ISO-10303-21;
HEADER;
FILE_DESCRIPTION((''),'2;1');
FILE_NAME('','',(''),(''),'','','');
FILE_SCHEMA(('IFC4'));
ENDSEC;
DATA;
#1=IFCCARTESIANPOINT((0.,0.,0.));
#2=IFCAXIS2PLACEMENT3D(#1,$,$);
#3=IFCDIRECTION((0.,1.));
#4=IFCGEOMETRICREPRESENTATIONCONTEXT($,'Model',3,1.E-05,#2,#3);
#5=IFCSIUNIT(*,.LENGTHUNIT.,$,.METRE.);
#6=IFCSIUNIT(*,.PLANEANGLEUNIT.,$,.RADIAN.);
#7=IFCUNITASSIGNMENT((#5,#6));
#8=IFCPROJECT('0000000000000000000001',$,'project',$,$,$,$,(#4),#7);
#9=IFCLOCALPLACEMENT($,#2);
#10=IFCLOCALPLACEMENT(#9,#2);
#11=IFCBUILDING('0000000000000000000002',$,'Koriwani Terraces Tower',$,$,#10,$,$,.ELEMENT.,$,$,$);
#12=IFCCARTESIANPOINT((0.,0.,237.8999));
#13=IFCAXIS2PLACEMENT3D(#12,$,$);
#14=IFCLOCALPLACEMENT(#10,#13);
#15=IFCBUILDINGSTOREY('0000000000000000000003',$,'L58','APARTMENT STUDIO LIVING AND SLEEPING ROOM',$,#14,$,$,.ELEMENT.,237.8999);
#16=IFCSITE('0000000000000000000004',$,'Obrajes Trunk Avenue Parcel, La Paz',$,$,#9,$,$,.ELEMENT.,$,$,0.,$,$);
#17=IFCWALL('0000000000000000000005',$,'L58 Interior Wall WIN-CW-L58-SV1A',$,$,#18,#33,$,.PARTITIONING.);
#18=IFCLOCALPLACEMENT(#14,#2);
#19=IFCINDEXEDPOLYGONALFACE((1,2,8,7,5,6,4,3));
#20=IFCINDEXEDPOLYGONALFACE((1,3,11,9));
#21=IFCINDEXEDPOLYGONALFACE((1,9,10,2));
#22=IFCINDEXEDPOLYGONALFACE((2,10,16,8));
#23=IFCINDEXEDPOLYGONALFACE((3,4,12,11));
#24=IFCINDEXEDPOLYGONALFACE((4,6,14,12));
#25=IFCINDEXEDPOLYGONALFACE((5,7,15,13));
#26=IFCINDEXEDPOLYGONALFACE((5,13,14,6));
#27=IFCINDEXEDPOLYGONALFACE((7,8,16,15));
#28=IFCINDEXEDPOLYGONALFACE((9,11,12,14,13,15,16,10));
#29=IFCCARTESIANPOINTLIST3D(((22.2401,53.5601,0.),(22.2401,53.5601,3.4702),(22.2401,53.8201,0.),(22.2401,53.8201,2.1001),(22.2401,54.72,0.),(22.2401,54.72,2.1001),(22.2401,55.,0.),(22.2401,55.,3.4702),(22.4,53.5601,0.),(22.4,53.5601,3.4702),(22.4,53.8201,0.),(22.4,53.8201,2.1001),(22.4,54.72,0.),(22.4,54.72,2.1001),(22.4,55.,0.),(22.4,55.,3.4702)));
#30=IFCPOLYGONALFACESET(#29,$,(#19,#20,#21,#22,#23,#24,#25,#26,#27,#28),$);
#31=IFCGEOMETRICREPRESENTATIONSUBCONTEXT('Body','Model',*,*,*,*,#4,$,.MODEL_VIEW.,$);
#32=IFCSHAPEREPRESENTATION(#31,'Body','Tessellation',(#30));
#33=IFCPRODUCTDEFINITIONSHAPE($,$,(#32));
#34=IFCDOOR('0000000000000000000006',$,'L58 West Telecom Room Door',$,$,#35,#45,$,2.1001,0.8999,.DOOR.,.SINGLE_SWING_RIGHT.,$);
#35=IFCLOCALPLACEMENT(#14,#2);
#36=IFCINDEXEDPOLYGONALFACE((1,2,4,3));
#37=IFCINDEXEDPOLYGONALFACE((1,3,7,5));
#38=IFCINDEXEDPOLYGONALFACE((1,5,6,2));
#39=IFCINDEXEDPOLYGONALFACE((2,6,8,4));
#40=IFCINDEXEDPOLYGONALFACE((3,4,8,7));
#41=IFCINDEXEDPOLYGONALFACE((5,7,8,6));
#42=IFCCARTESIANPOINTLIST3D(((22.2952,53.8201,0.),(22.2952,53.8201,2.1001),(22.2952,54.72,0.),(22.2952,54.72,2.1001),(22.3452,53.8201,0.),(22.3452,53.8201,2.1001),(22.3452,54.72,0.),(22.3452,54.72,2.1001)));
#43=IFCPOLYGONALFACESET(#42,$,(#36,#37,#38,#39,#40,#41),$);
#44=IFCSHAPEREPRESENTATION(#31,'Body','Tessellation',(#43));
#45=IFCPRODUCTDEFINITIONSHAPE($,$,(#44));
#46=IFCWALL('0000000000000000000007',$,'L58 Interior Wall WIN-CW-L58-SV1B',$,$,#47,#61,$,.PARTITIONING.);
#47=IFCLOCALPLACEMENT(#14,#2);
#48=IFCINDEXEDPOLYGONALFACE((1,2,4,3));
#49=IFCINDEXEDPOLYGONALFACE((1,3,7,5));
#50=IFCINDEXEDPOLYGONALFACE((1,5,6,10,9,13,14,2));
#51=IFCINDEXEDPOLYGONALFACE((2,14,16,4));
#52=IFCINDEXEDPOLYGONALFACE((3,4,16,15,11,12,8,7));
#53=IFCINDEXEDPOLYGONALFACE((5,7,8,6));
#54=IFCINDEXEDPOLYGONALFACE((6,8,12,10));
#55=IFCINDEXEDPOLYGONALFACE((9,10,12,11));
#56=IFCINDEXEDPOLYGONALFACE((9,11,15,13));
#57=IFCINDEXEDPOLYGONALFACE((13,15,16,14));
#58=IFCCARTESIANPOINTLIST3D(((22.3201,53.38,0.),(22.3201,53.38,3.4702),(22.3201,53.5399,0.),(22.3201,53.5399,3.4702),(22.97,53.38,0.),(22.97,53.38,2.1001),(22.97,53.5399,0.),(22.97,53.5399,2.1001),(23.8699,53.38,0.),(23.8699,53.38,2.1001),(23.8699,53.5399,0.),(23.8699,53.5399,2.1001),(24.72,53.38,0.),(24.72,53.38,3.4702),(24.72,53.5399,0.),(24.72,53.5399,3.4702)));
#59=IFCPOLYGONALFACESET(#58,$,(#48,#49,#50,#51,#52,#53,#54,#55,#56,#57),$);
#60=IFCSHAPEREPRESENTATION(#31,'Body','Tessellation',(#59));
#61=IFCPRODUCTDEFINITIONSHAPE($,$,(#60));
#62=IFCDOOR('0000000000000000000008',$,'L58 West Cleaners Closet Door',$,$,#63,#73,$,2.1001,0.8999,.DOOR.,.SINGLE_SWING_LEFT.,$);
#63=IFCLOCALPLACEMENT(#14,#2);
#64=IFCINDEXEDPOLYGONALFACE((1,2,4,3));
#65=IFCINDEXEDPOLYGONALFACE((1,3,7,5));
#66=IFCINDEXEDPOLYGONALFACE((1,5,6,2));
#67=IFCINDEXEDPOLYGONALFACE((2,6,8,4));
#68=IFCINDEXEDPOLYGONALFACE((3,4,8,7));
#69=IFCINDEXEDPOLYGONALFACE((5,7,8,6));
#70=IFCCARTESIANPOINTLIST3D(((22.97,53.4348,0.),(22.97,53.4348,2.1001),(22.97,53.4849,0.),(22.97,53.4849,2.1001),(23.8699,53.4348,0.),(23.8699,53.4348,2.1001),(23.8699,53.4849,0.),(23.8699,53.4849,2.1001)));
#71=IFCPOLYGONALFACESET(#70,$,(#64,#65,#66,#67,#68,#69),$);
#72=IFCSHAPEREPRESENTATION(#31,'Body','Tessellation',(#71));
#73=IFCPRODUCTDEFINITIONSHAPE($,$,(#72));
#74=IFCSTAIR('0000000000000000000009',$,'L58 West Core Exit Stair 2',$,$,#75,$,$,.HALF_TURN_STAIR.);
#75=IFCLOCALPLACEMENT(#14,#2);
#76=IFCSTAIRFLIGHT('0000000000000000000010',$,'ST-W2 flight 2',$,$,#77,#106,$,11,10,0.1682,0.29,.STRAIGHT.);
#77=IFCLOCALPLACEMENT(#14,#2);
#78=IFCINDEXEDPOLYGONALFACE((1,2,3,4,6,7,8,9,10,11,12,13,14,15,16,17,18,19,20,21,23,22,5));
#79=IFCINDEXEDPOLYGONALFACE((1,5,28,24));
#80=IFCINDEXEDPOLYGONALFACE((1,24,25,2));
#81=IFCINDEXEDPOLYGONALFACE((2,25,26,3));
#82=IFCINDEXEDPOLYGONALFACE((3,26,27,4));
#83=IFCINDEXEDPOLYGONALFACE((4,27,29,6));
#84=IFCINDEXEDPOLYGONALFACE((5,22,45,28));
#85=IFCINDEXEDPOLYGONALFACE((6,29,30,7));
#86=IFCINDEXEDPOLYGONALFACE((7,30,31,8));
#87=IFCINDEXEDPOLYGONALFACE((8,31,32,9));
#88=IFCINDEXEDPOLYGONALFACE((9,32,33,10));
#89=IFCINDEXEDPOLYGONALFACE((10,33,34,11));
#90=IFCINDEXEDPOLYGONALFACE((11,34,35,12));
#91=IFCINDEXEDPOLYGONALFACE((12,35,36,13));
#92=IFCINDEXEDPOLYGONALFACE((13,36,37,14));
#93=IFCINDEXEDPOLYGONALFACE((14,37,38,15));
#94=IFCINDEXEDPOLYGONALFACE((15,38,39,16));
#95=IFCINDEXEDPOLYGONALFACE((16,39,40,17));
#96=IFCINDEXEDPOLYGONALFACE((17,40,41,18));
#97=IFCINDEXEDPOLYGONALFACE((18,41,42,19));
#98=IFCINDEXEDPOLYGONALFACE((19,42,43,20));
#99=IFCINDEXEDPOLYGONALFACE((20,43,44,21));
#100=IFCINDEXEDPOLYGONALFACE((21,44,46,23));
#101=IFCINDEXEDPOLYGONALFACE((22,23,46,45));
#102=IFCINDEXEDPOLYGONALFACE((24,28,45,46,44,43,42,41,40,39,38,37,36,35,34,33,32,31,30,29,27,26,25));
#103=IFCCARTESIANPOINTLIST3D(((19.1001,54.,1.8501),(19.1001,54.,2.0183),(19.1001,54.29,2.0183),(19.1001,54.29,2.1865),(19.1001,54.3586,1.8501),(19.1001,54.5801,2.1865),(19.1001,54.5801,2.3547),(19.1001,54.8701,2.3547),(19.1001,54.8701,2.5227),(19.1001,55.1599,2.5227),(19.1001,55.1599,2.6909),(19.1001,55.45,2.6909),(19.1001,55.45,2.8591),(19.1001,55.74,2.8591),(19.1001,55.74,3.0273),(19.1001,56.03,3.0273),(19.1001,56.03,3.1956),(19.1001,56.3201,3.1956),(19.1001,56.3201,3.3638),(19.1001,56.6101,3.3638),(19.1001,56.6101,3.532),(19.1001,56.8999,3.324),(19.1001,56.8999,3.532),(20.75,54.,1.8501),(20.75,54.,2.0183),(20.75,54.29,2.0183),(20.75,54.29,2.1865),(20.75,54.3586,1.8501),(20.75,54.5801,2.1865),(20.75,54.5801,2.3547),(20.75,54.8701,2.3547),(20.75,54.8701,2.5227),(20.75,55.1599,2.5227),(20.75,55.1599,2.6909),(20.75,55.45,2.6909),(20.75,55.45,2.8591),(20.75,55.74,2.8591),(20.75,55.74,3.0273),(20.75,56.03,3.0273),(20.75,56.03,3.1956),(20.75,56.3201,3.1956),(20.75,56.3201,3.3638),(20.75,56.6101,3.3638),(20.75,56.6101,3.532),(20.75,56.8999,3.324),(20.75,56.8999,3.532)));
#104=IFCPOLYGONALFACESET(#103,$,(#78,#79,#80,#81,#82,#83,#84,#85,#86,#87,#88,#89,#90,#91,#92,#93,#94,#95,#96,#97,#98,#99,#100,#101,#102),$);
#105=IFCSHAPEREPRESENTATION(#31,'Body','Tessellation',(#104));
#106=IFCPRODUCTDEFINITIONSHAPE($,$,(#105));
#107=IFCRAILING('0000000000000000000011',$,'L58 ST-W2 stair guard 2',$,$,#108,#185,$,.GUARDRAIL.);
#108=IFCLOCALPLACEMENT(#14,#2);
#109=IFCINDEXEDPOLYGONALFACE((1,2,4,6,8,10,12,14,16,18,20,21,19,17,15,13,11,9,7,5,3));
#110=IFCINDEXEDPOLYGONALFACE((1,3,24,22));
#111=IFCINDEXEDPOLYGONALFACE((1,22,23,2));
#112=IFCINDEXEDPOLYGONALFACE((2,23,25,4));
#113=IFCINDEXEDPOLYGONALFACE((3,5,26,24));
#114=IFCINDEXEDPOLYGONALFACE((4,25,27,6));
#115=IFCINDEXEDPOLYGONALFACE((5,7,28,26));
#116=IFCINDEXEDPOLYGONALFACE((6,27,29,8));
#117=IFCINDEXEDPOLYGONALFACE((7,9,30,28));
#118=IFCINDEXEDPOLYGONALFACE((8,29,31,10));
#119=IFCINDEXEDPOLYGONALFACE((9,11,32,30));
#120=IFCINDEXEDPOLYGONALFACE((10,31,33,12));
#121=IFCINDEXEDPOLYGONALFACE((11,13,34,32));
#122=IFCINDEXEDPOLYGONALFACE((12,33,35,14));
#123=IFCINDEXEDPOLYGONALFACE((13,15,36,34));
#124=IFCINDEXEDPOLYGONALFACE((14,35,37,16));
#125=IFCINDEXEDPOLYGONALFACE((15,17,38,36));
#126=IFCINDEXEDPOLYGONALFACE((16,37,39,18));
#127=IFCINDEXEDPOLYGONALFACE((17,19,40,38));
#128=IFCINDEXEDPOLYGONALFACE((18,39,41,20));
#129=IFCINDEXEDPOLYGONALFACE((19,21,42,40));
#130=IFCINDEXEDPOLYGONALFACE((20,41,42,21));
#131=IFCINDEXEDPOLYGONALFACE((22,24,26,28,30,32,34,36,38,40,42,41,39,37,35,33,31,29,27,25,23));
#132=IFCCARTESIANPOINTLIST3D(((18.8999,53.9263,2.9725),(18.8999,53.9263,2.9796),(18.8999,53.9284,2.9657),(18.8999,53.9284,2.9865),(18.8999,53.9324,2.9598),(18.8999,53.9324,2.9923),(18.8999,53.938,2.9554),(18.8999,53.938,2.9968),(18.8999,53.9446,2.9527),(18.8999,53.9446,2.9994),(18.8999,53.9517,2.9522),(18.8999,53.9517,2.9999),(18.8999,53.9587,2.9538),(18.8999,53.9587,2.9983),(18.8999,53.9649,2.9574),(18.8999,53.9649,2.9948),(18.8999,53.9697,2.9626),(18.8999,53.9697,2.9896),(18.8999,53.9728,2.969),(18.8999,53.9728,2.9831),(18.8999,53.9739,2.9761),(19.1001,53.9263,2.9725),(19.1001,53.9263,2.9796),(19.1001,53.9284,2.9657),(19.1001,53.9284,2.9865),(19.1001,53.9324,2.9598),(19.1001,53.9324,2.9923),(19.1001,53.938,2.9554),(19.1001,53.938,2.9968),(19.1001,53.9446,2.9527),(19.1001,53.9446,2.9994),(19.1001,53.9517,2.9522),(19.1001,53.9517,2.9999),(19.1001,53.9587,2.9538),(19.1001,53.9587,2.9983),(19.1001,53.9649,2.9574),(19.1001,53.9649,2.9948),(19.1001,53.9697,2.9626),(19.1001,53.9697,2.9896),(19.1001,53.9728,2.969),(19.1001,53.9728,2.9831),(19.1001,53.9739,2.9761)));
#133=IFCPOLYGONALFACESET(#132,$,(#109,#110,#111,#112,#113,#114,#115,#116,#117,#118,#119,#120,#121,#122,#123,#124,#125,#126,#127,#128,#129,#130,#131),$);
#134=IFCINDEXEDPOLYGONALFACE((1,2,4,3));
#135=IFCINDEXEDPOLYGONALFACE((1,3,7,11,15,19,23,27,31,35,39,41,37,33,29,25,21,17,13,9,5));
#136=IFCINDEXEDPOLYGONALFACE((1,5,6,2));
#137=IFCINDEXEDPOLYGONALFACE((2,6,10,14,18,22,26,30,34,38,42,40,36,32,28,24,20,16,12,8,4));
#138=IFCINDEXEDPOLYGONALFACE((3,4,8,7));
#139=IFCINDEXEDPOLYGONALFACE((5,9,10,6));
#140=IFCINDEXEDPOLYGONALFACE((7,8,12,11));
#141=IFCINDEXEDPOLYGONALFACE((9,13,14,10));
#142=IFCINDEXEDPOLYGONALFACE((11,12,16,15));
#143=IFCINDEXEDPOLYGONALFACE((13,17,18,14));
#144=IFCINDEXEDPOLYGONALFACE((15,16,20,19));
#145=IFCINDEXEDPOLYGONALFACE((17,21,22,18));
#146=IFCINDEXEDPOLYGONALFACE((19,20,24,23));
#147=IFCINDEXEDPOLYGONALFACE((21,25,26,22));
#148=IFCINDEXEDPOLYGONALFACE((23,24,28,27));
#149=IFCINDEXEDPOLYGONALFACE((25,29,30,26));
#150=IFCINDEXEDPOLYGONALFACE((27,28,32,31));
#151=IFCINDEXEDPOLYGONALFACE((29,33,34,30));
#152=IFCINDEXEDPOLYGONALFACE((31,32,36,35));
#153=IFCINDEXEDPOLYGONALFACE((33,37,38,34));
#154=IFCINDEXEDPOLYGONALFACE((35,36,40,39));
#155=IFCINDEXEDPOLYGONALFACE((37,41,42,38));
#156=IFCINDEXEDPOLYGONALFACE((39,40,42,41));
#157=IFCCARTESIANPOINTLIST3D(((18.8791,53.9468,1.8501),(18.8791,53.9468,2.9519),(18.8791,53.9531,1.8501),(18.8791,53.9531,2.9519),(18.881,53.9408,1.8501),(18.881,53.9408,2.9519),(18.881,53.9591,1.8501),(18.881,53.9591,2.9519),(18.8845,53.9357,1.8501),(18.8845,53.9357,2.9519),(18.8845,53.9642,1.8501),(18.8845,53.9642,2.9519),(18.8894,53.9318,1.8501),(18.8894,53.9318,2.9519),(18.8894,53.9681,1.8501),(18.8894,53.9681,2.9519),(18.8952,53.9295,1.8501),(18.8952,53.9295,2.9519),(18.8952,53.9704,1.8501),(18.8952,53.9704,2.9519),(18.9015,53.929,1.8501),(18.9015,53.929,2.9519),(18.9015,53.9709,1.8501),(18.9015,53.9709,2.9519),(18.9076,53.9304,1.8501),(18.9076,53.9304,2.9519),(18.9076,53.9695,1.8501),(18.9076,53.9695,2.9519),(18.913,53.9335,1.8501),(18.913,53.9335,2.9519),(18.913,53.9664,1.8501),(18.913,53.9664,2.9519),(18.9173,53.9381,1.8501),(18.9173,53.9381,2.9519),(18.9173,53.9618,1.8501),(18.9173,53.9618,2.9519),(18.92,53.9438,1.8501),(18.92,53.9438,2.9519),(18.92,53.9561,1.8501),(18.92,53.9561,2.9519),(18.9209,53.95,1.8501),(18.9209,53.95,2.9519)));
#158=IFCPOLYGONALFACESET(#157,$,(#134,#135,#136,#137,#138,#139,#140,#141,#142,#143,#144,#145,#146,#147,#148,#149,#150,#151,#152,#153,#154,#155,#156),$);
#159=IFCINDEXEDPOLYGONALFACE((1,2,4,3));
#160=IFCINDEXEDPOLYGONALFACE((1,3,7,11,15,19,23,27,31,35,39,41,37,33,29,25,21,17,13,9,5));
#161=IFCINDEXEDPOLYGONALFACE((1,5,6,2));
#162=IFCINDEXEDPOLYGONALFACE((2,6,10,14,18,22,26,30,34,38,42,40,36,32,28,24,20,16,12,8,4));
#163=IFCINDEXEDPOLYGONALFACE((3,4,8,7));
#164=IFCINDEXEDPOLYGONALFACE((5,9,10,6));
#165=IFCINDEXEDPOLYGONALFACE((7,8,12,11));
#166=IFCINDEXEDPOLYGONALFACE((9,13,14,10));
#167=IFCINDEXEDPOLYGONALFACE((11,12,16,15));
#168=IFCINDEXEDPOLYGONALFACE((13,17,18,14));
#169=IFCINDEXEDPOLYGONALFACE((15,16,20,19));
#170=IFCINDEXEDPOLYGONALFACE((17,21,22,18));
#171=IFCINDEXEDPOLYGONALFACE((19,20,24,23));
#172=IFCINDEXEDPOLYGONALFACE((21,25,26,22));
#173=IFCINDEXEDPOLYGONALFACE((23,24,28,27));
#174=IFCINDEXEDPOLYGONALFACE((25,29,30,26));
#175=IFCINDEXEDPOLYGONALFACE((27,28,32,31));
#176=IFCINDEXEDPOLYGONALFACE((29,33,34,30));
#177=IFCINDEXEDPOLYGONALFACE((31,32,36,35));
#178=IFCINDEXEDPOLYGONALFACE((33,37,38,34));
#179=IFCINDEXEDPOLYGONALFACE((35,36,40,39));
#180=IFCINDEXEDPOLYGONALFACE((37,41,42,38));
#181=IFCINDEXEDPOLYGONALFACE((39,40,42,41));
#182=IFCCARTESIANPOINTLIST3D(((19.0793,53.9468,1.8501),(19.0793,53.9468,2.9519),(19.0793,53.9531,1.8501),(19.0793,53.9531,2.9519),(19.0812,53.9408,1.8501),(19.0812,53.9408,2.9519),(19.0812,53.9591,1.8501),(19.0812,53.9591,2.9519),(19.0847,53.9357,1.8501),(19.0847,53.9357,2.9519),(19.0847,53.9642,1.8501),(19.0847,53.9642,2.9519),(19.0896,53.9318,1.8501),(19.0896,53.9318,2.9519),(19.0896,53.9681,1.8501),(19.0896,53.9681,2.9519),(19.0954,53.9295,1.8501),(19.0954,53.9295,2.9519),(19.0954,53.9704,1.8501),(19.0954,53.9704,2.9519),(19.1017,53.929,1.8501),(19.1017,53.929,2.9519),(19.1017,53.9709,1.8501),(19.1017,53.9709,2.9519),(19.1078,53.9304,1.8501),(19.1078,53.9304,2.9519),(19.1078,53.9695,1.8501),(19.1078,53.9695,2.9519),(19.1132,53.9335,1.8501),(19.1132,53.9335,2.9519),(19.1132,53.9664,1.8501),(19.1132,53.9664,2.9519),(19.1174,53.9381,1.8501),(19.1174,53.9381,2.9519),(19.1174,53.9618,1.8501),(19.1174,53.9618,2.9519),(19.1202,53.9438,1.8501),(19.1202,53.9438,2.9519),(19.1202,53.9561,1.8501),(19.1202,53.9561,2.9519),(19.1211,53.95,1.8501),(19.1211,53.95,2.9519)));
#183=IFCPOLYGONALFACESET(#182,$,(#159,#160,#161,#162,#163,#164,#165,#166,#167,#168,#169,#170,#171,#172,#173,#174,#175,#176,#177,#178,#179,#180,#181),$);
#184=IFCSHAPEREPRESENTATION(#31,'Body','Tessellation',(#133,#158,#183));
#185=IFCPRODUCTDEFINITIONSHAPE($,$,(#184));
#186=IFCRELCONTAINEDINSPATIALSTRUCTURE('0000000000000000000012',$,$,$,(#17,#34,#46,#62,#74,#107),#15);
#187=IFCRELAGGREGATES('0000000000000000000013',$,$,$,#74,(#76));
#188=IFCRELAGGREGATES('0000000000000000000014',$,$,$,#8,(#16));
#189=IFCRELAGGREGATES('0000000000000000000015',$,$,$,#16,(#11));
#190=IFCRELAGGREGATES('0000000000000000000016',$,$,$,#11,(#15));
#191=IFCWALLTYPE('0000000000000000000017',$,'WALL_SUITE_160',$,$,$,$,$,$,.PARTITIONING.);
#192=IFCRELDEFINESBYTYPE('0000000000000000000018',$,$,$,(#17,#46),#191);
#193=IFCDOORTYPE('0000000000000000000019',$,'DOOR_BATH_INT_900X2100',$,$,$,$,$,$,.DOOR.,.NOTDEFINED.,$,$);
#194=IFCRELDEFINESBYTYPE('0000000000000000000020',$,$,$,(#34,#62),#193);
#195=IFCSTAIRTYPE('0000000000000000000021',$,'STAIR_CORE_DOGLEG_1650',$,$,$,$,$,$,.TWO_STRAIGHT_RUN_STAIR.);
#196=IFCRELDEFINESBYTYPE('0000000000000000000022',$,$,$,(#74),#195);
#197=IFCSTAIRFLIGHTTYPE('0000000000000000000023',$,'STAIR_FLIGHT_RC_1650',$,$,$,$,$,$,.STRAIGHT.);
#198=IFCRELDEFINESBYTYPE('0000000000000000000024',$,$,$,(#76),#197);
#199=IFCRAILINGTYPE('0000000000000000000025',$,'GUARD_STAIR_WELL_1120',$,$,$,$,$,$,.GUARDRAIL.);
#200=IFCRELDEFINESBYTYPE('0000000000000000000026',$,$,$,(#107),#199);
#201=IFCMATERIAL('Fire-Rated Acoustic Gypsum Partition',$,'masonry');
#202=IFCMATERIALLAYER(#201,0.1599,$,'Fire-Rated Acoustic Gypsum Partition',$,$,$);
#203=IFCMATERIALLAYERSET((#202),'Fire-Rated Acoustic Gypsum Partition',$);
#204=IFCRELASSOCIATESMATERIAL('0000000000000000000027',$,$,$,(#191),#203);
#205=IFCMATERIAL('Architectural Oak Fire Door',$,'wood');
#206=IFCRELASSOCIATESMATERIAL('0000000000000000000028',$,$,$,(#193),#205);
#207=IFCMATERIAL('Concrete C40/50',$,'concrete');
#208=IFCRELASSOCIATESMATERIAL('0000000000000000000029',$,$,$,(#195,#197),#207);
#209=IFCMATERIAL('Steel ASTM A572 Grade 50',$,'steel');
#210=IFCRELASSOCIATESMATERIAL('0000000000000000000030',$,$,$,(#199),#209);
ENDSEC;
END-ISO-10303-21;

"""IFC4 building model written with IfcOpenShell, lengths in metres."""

from ifc_helpers import new_model, si_unit, direction, frame, frame_2d, origin, origin_2d, place, context, subcontext, project, spatial, polyline, rectangle, circle, outline, extrude, material, layer, layer_set, type_object, element, fill, aggregate, save


model = new_model("IFC4")

# Units and contexts
model_context = context("Model", 3, precision=1e-05, world=origin(), true_north=direction((0.0, 1.0)))
body_context = subcontext(model_context, "Body", "Model", "MODEL_VIEW")
ifc_project = project(units=[si_unit("LENGTHUNIT", "METRE"), si_unit("PLANEANGLEUNIT", "RADIAN")], contexts=[model_context])

# Site, building, storey
site_placement = place(None, origin())
site = spatial("IfcSite", under=ifc_project, at=site_placement, Name="Obrajes Trunk Avenue Parcel, La Paz", CompositionType="ELEMENT", RefElevation=0.0)
building_placement = place(site_placement, origin())
building = spatial("IfcBuilding", under=site, at=building_placement, Name="Koriwani Terraces Tower", CompositionType="ELEMENT")
storey_placement = place(building_placement, frame((0.0, 0.0, 237.8999)))
storey = spatial("IfcBuildingStorey", under=building, at=storey_placement, Name="L58", Description="APARTMENT STUDIO LIVING AND SLEEPING ROOM", CompositionType="ELEMENT", Elevation=237.8999)

# Shared definitions
ifc_material_1 = material(Name="Fire-Rated Acoustic Gypsum Partition", Category="masonry")
ifc_material_2 = material(Name="Concrete C40/50", Category="concrete")

# Shared definitions
ifc_material_3 = material(Name="Steel ASTM A572 Grade 50", Category="steel")

# Walls, openings, doors
ifc_layer_1 = layer(ifc_material_1, 0.1599, Name="Fire-Rated Acoustic Gypsum Partition")
ifc_layer_set_1 = layer_set([ifc_layer_1], Name="Fire-Rated Acoustic Gypsum Partition")
wall_type_1 = type_object("IfcWallType", Name="WALL_SUITE_160", PredefinedType="PARTITIONING", material=ifc_layer_set_1)
wall_1_placement = place(storey_placement, frame((22.3201, 53.5601, 0.0), z_axis=(0.0, 0.0, 1.0), x_axis=(0.0, 1.0, 0.0)))
wall_1 = element("IfcWall", 1, at=wall_1_placement, inside=storey, type_object=wall_type_1, Name="L58 Interior Wall WIN-CW-L58-SV1A", PredefinedType="PARTITIONING", context=body_context, shape_type="SweptSolid", body=[
    extrude(rectangle(XDim=1.4399, YDim=0.1599, at=frame_2d((0.72, 0.0))), origin(), (0.0, 0.0, 1.0), 3.4702),
])
opening_1_placement = place(wall_1_placement, frame((0.26, 0.0, 0.0)))
opening_1 = element("IfcOpeningElement", 2, at=opening_1_placement, cuts=wall_1, PredefinedType="OPENING", context=body_context, shape_type="SweptSolid", body=[
    extrude(rectangle(XDim=0.8999, YDim=2.1001, at=frame_2d((0.45, 1.05))), frame((0.0, 0.0898, 0.0), z_axis=(0.0, -1.0, 0.0), x_axis=(1.0, 0.0, 0.0)), (0.0, 0.0, 1.0), 0.1799),
])
ifc_material_4 = material(Name="Architectural Oak Fire Door", Category="wood")
door_type_1 = type_object("IfcDoorType", Name="DOOR_BATH_INT_900X2100", OperationType="NOTDEFINED", PredefinedType="DOOR", material=ifc_material_4)
door_1_placement = place(opening_1_placement, origin())
door_1 = element("IfcDoor", 3, at=door_1_placement, inside=storey, type_object=door_type_1, Name="L58 West Telecom Room Door", OperationType="SINGLE_SWING_RIGHT", OverallHeight=2.1001, OverallWidth=0.8999, PredefinedType="DOOR", context=body_context, shape_type="SweptSolid", body=[
    extrude(rectangle(XDim=0.8999, YDim=2.1001, at=frame_2d((0.45, 1.05))), frame((0.0, 0.0249, 0.0), z_axis=(0.0, -1.0, 0.0), x_axis=(1.0, 0.0, 0.0)), (0.0, 0.0, 1.0), 0.05),
])
fill(opening_1, door_1)
wall_2_placement = place(storey_placement, frame((22.3201, 53.46, 0.0), z_axis=(0.0, 0.0, 1.0), x_axis=(1.0, 0.0, 0.0)))
wall_2 = element("IfcWall", 4, at=wall_2_placement, inside=storey, type_object=wall_type_1, Name="L58 Interior Wall WIN-CW-L58-SV1B", PredefinedType="PARTITIONING", context=body_context, shape_type="SweptSolid", body=[
    extrude(rectangle(XDim=2.3999, YDim=0.1599, at=frame_2d((1.2, 0.0))), origin(), (0.0, 0.0, 1.0), 3.4702),
])
opening_2_placement = place(wall_2_placement, frame((0.6499, 0.0, 0.0)))
opening_2 = element("IfcOpeningElement", 5, at=opening_2_placement, cuts=wall_2, PredefinedType="OPENING", context=body_context, shape_type="SweptSolid", body=[
    extrude(rectangle(XDim=0.8999, YDim=2.1001, at=frame_2d((0.45, 1.05))), frame((0.0, 0.0898, 0.0), z_axis=(0.0, -1.0, 0.0), x_axis=(1.0, 0.0, 0.0)), (0.0, 0.0, 1.0), 0.1799),
])
door_2_placement = place(opening_2_placement, origin())
door_2 = element("IfcDoor", 6, at=door_2_placement, inside=storey, type_object=door_type_1, Name="L58 West Cleaners Closet Door", OperationType="SINGLE_SWING_LEFT", OverallHeight=2.1001, OverallWidth=0.8999, PredefinedType="DOOR", context=body_context, shape_type="SweptSolid", body=[
    extrude(rectangle(XDim=0.8999, YDim=2.1001, at=frame_2d((0.45, 1.05))), frame((0.0, 0.0249, 0.0), z_axis=(0.0, -1.0, 0.0), x_axis=(1.0, 0.0, 0.0)), (0.0, 0.0, 1.0), 0.05),
])
fill(opening_2, door_2)

# Stair, stair flight
stair_type = type_object("IfcStairType", Name="STAIR_CORE_DOGLEG_1650", PredefinedType="TWO_STRAIGHT_RUN_STAIR", material=ifc_material_2)
stair_placement = place(storey_placement, origin())
stair = element("IfcStair", 7, at=stair_placement, inside=storey, type_object=stair_type, Name="L58 West Core Exit Stair 2", PredefinedType="HALF_TURN_STAIR")
stair_flight_type = type_object("IfcStairFlightType", Name="STAIR_FLIGHT_RC_1650", PredefinedType="STRAIGHT", material=ifc_material_2)
stair_flight_placement = place(storey_placement, frame((19.925, 54.0, 1.8501), z_axis=(0.0, 0.0, 1.0), x_axis=(0.0, 1.0, 0.0)))
stair_flight = element("IfcStairFlight", 8, at=stair_flight_placement, type_object=stair_flight_type, Name="ST-W2 flight 2", NumberOfRisers=11, NumberOfTreads=10, PredefinedType="STRAIGHT", RiserHeight=0.1682, TreadLength=0.29, context=body_context, shape_type="SweptSolid", body=[
    extrude(outline(polyline([(0.0, 0.0), (0.0, 0.1682), (0.29, 0.1682), (0.29, 0.3364), (0.5801, 0.3364), (0.5801, 0.5046), (0.8701, 0.5046), (0.8701, 0.6726), (1.1599, 0.6726), (1.1599, 0.8408), (1.45, 0.8408), (1.45, 1.009), (1.74, 1.009), (1.74, 1.1772), (2.03, 1.1772), (2.03, 1.3455), (2.3201, 1.3455), (2.3201, 1.5137), (2.6101, 1.5137), (2.6101, 1.6819), (2.8999, 1.6819), (2.8999, 1.8501), (2.8999, 1.4739), (0.3586, 0.0), (0.0, 0.0)])), frame((0.0, 0.825, 0.0), z_axis=(0.0, -1.0, 0.0), x_axis=(1.0, 0.0, 0.0)), (0.0, 0.0, 1.0), 1.6499),
])
aggregate(stair, [stair_flight])

# Railing
railing_type_1 = type_object("IfcRailingType", Name="GUARD_STAIR_WELL_1120", PredefinedType="GUARDRAIL", material=ifc_material_3)
railing_1_placement = place(storey_placement, frame((18.8999, 53.95, 1.8501)))
element("IfcRailing", 9, at=railing_1_placement, inside=storey, type_object=railing_type_1, Name="L58 ST-W2 stair guard 2", PredefinedType="GUARDRAIL", context=body_context, shape_type="SweptSolid", body=[
    extrude(circle(Radius=0.0239, at=origin_2d()), frame((0.0, 0.0, 1.126), z_axis=(1.0, 0.0, 0.0), x_axis=(0.0, 1.0, 0.0)), (0.0, 0.0, 1.0), 0.2002),
    extrude(circle(Radius=0.021, at=origin_2d()), origin(), (0.0, 0.0, 1.0), 1.1018),
    extrude(circle(Radius=0.021, at=origin_2d()), frame((0.2002, 0.0, 0.0)), (0.0, 0.0, 1.0), 1.1018),
])

save(model, "model.ifc")
